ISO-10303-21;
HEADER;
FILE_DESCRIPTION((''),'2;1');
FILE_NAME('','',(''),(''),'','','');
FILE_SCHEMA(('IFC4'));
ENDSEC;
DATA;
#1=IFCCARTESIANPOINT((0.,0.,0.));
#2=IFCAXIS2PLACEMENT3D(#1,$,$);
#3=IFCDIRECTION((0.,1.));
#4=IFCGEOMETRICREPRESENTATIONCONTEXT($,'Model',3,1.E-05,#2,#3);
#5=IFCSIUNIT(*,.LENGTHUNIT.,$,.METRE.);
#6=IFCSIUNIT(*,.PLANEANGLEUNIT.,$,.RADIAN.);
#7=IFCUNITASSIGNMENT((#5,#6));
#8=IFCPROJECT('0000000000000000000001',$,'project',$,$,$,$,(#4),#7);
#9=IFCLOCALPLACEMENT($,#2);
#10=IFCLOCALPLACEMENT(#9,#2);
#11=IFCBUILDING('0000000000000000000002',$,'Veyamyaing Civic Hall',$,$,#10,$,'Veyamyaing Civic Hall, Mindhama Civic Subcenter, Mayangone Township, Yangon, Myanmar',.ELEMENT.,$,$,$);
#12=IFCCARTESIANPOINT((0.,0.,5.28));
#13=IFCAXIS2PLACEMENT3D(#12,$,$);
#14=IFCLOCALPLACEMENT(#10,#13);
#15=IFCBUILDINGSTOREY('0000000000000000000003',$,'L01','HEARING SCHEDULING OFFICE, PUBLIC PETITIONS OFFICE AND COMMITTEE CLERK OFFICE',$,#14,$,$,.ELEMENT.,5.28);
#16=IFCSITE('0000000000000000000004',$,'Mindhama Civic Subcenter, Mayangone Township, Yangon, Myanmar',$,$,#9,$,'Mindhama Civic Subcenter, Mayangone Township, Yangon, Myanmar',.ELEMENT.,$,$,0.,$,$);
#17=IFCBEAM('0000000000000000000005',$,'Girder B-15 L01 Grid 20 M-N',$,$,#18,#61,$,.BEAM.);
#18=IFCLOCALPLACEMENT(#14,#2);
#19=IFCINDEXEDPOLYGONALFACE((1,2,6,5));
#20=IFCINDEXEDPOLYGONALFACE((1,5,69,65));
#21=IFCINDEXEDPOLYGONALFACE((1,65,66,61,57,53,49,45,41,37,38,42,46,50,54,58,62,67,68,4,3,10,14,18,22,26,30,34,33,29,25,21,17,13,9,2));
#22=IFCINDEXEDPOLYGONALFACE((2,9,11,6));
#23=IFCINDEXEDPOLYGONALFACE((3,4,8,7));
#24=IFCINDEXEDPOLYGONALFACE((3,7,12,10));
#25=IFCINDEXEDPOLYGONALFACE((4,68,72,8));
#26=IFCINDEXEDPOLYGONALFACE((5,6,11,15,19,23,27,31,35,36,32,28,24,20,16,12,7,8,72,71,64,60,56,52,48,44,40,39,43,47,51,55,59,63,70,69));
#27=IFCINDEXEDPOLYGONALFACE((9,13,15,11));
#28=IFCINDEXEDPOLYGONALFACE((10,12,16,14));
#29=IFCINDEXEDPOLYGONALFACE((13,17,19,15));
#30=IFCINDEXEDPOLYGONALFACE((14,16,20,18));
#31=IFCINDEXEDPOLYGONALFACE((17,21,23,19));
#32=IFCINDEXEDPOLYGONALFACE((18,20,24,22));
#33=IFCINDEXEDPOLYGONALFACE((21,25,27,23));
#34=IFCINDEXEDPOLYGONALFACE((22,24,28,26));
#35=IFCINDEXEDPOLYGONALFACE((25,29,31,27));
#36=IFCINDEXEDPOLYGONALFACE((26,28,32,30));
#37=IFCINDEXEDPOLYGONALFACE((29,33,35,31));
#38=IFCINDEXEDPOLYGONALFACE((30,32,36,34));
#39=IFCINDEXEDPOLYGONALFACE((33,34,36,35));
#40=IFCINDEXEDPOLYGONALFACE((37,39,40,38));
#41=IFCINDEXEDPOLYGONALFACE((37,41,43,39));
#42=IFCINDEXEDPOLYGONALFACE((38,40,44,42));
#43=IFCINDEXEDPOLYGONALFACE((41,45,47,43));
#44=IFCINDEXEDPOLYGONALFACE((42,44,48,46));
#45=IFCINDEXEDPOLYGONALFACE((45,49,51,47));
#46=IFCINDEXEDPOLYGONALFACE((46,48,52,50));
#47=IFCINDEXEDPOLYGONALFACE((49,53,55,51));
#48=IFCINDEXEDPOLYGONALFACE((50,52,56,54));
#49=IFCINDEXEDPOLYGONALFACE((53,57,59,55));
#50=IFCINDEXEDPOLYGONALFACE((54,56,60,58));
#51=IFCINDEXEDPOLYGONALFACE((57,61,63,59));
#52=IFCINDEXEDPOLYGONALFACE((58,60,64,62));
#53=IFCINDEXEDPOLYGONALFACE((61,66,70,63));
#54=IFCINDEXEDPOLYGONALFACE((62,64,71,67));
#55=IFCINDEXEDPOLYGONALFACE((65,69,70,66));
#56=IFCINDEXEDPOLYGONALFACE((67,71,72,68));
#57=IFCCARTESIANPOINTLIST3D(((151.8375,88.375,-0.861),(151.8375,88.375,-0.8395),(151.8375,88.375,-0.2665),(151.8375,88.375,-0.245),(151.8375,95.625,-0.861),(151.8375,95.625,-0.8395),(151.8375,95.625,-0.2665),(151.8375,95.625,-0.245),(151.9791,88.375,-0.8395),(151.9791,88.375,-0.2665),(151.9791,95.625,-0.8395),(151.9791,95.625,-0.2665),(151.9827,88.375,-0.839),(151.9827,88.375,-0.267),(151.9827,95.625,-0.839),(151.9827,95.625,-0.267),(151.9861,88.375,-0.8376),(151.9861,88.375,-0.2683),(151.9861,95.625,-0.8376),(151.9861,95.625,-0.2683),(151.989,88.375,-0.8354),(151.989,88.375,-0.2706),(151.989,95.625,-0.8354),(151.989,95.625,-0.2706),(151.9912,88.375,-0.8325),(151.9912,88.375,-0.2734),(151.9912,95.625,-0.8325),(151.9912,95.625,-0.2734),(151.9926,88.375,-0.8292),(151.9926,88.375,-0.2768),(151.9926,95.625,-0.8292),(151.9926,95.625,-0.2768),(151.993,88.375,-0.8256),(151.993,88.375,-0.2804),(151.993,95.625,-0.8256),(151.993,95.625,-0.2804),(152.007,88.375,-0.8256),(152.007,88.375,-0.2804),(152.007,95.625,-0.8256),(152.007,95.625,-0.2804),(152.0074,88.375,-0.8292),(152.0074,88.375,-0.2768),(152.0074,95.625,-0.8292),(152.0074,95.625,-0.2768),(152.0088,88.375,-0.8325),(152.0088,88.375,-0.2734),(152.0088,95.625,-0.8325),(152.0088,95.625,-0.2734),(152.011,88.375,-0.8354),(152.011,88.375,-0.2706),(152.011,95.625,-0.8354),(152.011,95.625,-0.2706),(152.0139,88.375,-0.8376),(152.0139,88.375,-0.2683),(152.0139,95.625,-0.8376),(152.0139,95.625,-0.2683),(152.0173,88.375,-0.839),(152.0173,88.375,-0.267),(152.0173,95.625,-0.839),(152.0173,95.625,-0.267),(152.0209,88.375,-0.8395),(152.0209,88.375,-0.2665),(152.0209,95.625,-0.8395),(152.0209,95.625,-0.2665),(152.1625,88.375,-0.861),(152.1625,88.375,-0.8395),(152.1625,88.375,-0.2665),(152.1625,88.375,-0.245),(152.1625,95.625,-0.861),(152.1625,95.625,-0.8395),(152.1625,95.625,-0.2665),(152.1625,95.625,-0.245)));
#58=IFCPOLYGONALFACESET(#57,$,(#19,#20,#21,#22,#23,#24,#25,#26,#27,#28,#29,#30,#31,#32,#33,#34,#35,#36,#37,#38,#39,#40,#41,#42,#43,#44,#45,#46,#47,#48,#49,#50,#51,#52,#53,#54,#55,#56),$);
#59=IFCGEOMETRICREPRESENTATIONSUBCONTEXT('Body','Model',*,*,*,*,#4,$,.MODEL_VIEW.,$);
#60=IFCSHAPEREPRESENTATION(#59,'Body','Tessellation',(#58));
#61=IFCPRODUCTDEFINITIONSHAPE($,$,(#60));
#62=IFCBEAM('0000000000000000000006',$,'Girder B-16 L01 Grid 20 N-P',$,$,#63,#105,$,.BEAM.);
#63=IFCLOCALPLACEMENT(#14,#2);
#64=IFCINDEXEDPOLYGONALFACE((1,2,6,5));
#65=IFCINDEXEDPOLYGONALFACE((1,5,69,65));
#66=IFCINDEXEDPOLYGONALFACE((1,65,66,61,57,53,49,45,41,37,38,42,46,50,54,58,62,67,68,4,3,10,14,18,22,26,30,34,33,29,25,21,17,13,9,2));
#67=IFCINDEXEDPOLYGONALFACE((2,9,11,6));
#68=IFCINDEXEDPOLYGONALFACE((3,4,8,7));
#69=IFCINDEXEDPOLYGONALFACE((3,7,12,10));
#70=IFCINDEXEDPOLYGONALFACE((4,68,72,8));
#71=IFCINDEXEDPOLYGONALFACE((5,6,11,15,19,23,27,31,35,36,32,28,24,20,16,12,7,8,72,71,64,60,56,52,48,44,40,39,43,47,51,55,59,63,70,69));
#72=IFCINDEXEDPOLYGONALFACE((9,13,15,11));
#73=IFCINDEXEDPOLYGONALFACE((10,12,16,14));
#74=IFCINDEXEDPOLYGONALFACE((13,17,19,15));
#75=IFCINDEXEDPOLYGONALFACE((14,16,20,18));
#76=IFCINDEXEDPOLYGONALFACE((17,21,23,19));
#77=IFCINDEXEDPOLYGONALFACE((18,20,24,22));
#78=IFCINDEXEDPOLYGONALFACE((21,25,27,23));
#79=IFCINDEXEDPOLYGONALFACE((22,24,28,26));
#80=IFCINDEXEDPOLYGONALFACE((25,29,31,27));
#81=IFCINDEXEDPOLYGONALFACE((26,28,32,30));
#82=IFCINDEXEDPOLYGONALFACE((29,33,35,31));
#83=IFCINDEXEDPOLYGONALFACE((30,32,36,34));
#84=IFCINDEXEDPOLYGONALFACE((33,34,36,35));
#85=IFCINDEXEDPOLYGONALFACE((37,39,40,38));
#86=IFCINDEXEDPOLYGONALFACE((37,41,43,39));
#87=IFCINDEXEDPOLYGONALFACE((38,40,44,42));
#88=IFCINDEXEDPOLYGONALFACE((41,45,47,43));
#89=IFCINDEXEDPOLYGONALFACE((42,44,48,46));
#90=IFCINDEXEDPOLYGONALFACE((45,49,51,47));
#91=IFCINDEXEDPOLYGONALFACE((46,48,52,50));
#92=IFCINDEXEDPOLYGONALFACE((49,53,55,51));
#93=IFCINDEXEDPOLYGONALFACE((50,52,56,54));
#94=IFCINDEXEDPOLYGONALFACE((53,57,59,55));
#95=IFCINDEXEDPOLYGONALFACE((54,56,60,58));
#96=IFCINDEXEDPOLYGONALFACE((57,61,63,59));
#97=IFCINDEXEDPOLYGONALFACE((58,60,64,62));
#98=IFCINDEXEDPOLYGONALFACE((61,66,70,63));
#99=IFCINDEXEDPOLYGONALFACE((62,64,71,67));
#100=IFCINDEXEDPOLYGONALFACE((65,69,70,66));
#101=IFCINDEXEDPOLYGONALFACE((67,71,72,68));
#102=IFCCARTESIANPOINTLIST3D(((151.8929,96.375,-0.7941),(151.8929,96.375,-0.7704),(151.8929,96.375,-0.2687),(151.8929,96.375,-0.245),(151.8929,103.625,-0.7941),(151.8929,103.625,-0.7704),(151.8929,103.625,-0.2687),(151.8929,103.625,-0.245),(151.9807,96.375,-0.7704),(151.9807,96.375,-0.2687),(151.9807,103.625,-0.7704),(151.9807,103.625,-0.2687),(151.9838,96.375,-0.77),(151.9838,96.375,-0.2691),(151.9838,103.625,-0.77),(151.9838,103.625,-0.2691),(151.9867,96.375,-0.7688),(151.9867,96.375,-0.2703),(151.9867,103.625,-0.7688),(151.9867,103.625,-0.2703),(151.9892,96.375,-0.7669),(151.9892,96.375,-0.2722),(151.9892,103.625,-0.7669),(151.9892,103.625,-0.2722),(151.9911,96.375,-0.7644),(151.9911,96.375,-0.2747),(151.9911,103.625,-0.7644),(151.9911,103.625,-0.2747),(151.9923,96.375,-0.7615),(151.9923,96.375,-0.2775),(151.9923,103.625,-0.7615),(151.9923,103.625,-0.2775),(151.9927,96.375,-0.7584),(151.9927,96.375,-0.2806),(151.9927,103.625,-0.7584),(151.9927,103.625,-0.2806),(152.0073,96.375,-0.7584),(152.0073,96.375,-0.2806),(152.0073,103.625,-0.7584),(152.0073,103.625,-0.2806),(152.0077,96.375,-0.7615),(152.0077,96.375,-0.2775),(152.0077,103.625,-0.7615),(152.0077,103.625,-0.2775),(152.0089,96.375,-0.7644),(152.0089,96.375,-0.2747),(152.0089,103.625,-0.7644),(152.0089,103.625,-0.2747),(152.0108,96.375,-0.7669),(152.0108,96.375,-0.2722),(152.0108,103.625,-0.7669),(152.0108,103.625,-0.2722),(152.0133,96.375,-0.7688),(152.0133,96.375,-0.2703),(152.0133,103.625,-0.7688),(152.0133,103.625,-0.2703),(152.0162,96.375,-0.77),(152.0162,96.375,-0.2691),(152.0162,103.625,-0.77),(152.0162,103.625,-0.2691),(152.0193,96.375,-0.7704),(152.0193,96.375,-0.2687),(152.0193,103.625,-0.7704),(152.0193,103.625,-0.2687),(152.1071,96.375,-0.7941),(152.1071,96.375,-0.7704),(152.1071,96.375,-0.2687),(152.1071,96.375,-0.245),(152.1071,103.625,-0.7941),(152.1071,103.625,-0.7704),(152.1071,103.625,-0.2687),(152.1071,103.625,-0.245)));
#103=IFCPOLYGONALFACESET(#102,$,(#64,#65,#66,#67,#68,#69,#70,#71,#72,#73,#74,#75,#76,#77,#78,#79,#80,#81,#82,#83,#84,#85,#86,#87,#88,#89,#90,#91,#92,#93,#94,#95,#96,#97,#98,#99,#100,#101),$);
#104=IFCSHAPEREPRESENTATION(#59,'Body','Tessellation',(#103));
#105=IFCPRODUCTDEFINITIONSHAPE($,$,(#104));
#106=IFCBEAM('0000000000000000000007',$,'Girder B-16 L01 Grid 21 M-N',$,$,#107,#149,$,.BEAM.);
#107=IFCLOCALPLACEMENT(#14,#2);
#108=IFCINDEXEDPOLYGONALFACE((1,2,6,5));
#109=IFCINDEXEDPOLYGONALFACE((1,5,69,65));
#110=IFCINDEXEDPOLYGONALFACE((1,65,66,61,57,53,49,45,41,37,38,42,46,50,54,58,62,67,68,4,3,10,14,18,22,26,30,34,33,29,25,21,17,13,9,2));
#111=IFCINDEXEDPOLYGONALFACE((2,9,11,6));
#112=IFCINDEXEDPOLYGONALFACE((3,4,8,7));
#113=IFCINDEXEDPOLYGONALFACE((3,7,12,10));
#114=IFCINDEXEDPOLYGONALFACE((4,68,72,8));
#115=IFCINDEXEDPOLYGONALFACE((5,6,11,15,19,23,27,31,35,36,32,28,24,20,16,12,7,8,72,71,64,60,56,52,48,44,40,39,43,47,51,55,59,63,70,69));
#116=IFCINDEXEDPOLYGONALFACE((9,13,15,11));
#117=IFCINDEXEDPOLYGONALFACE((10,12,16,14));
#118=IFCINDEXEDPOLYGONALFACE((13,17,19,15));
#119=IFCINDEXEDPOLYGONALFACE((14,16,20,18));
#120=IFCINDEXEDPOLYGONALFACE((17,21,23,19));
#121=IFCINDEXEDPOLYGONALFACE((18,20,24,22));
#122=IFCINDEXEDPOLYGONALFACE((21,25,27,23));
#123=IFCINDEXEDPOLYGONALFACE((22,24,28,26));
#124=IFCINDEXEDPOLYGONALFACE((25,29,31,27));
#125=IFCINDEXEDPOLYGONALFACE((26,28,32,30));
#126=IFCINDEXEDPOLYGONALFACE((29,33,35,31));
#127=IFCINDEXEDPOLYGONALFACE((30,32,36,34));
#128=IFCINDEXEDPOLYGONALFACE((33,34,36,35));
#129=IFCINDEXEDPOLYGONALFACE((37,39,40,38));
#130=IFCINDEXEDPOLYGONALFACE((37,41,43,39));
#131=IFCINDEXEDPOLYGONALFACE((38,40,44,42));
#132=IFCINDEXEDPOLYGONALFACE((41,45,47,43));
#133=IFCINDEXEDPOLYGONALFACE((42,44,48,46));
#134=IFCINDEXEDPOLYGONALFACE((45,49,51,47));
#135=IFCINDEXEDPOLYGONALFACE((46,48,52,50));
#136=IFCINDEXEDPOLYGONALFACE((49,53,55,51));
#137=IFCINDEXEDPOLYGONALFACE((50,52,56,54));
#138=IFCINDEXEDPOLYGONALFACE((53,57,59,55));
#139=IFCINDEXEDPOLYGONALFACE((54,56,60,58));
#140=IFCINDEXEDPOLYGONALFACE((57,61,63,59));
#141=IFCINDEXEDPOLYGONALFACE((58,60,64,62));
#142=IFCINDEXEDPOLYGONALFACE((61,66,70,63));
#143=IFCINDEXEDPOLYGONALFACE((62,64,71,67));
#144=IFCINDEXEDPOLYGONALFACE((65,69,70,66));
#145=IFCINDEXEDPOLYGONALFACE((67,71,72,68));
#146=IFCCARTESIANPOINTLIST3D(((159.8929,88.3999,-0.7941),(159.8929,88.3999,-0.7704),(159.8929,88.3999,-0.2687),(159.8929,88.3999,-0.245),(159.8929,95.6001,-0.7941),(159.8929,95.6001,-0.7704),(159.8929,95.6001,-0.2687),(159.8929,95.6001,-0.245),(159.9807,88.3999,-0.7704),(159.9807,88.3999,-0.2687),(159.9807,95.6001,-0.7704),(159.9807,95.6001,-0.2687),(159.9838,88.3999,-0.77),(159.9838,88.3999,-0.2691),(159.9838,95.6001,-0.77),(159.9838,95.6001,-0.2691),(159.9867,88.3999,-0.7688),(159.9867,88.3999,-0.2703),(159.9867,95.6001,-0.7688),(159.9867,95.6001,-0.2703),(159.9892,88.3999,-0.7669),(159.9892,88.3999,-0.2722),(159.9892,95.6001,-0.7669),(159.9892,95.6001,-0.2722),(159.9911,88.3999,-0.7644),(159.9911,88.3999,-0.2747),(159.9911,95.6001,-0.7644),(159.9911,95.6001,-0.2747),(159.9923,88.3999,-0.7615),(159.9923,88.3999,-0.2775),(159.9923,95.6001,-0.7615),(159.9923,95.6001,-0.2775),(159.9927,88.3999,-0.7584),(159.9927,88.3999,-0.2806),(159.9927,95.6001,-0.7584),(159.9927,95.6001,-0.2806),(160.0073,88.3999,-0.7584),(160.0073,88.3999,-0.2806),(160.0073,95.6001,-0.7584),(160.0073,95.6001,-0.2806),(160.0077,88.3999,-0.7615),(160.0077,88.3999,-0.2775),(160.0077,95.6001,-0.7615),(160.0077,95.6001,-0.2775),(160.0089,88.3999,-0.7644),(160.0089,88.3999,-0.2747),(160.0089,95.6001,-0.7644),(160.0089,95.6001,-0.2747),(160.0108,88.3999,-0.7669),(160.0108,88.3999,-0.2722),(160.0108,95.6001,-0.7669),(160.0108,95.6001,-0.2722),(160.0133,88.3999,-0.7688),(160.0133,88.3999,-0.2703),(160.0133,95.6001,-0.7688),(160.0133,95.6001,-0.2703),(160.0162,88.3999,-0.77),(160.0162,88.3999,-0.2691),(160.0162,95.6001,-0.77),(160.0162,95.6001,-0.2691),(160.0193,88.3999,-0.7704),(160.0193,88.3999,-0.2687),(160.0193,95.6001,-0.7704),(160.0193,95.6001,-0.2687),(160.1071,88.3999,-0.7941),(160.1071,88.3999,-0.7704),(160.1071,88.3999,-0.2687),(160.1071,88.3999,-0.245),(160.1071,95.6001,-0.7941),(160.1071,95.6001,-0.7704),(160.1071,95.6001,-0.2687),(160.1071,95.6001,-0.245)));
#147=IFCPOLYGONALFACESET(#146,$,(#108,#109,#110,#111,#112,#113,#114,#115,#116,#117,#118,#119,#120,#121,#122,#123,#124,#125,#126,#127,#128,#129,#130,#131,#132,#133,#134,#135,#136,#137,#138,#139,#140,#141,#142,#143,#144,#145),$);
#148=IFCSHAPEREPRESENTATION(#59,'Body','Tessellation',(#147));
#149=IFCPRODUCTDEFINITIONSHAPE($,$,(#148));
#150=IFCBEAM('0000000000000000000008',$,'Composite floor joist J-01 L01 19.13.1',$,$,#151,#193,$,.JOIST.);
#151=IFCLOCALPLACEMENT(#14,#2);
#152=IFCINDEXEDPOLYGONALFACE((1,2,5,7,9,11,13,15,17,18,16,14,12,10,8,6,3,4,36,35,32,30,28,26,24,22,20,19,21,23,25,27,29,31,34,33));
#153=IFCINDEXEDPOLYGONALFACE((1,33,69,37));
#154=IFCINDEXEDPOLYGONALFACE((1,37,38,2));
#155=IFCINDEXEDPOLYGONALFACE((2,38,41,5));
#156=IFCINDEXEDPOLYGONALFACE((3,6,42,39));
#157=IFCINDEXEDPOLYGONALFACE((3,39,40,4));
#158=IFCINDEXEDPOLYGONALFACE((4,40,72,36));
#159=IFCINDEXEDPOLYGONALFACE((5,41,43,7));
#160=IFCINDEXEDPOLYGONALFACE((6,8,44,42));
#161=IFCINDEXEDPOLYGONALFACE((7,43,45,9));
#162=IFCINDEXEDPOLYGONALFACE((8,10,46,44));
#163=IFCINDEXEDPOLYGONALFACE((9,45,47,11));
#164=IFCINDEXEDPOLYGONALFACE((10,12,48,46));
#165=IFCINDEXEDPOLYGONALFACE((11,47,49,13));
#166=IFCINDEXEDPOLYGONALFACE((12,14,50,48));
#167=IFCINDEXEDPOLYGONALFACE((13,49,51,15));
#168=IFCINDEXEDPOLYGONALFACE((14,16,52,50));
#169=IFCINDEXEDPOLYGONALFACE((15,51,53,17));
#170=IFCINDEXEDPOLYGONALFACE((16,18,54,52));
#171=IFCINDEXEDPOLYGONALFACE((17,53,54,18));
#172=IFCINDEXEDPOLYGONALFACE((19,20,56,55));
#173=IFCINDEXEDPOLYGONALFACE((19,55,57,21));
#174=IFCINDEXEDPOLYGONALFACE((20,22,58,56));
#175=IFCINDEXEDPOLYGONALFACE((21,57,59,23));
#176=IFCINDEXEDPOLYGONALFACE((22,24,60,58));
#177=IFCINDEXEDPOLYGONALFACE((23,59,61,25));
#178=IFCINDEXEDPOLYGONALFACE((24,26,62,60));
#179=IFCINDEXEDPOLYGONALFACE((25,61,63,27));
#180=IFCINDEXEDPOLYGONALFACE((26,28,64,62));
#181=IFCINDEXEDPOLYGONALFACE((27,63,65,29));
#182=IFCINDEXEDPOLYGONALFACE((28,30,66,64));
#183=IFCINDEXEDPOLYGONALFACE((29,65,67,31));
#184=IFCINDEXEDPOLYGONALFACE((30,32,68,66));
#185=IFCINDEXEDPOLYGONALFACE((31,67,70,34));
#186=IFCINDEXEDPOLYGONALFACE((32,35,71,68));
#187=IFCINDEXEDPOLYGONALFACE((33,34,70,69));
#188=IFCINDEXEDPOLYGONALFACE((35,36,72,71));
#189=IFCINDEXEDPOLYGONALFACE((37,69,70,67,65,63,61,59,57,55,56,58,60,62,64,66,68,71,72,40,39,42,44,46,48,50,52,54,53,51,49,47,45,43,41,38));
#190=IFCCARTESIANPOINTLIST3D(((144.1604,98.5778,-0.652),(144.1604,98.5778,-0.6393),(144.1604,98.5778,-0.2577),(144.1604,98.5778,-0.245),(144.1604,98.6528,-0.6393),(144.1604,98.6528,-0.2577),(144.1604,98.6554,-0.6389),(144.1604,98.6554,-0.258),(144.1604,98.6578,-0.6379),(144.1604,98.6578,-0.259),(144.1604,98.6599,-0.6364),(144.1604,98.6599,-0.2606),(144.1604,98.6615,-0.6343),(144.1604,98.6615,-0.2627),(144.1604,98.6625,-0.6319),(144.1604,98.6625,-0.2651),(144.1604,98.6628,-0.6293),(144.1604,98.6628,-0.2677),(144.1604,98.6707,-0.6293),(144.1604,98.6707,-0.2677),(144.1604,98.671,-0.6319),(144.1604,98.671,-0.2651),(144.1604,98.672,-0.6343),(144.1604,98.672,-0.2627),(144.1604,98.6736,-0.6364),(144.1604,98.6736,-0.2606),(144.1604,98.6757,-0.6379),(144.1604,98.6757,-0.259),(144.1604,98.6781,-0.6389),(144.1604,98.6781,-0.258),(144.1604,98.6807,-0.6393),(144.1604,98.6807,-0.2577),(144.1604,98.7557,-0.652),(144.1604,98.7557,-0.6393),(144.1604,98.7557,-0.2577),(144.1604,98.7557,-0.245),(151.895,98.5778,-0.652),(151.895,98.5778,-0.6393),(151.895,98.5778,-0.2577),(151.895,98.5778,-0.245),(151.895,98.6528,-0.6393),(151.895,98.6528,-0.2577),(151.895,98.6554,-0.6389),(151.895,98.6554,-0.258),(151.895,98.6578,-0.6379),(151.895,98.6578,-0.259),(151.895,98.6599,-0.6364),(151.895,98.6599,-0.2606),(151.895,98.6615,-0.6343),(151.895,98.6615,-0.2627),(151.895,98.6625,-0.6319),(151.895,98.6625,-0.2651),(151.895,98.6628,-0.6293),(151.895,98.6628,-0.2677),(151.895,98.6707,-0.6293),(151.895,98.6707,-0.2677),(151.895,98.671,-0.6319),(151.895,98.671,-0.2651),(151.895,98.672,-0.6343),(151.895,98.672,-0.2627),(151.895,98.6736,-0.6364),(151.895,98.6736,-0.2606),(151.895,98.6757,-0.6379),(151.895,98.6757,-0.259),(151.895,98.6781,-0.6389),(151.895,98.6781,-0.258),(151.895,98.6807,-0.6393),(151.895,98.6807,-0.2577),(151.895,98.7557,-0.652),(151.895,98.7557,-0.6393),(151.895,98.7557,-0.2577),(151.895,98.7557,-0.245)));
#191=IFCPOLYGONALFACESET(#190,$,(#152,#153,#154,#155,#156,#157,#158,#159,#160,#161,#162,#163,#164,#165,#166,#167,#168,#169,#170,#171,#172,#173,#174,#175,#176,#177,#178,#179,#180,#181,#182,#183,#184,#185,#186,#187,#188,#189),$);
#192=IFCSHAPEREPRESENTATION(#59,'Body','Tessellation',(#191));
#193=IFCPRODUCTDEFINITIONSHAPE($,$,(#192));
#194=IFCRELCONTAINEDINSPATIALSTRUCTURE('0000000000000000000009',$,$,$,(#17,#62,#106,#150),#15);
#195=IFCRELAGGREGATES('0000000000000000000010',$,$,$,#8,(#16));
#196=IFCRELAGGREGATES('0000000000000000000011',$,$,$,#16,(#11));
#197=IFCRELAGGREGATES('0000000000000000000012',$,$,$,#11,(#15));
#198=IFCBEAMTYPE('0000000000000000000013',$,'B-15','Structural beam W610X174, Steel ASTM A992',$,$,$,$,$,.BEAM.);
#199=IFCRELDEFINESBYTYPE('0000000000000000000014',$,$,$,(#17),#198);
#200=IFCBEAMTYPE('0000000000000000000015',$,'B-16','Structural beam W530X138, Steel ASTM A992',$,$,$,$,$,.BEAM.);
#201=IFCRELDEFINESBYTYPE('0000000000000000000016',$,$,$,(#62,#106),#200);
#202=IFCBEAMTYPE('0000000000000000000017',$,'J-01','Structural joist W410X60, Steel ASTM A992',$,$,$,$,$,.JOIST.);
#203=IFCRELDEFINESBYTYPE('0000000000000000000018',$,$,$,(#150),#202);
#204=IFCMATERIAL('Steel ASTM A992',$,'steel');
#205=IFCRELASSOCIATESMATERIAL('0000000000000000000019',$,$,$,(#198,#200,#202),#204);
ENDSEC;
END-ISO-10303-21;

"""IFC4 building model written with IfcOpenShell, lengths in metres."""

from ifc_helpers import new_model, si_unit, direction, frame, origin, origin_2d, place, context, subcontext, project, spatial, i_section, extrude, material, material_profile, profile_set, type_object, element, save


model = new_model("IFC4")

# Units and contexts
model_context = context("Model", 3, precision=1e-05, world=origin(), true_north=direction((0.0, 1.0)))
body_context = subcontext(model_context, "Body", "Model", "MODEL_VIEW")
ifc_project = project(units=[si_unit("LENGTHUNIT", "METRE"), si_unit("PLANEANGLEUNIT", "RADIAN")], contexts=[model_context])

# Site, building, storey
site_placement = place(None, origin())
site = spatial("IfcSite", under=ifc_project, at=site_placement, Name="Mindhama Civic Subcenter, Mayangone Township, Yangon, Myanmar", LongName="Mindhama Civic Subcenter, Mayangone Township, Yangon, Myanmar", CompositionType="ELEMENT", RefElevation=0.0)
building_placement = place(site_placement, origin())
building = spatial("IfcBuilding", under=site, at=building_placement, Name="Veyamyaing Civic Hall", LongName="Veyamyaing Civic Hall, Mindhama Civic Subcenter, Mayangone Township, Yangon, Myanmar", CompositionType="ELEMENT")
storey_placement = place(building_placement, frame((0.0, 0.0, 5.28)))
storey = spatial("IfcBuildingStorey", under=building, at=storey_placement, Name="L01", Description="HEARING SCHEDULING OFFICE, PUBLIC PETITIONS OFFICE AND COMMITTEE CLERK OFFICE", CompositionType="ELEMENT", Elevation=5.28)

# Beams
ifc_material_1 = material(Name="Steel ASTM A992", Category="steel")
ifc_material_profile_1 = material_profile(ifc_material_1, i_section(OverallWidth=0.325, OverallDepth=0.616, WebThickness=0.0139, FlangeThickness=0.0215, FilletRadius=0.0139, at=origin_2d()), Name="W610X174")
ifc_profile_set_1 = profile_set([ifc_material_profile_1], Name="Steel ASTM A992")
beam_type_1 = type_object("IfcBeamType", Name="B-15", Description="Structural beam W610X174, Steel ASTM A992", PredefinedType="BEAM", material=ifc_profile_set_1)
beam_1_placement = place(storey_placement, frame((152.0, 88.375, -0.553), z_axis=(0.0, 1.0, 0.0), x_axis=(-1.0, 0.0, 0.0)))
element("IfcBeam", 1, at=beam_1_placement, inside=storey, type_object=beam_type_1, Name="Girder B-15 L01 Grid 20 M-N", PredefinedType="BEAM", context=body_context, shape_type="SweptSolid", body=[
    extrude(i_section(OverallWidth=0.325, OverallDepth=0.616, WebThickness=0.0139, FlangeThickness=0.0215, FilletRadius=0.0139, at=origin_2d()), origin(), (0.0, 0.0, 1.0), 7.25),
])
ifc_material_profile_2 = material_profile(ifc_material_1, i_section(OverallWidth=0.2141, OverallDepth=0.5491, WebThickness=0.0146, FlangeThickness=0.0237, FilletRadius=0.012, at=origin_2d()), Name="W530X138")
ifc_profile_set_2 = profile_set([ifc_material_profile_2], Name="Steel ASTM A992")
beam_type_2 = type_object("IfcBeamType", Name="B-16", Description="Structural beam W530X138, Steel ASTM A992", PredefinedType="BEAM", material=ifc_profile_set_2)
beam_2_placement = place(storey_placement, frame((152.0, 96.375, -0.5195), z_axis=(0.0, 1.0, 0.0), x_axis=(-1.0, 0.0, 0.0)))
element("IfcBeam", 2, at=beam_2_placement, inside=storey, type_object=beam_type_2, Name="Girder B-16 L01 Grid 20 N-P", PredefinedType="BEAM", context=body_context, shape_type="SweptSolid", body=[
    extrude(i_section(OverallWidth=0.2141, OverallDepth=0.5491, WebThickness=0.0146, FlangeThickness=0.0237, FilletRadius=0.012, at=origin_2d()), origin(), (0.0, 0.0, 1.0), 7.25),
])
beam_3_placement = place(storey_placement, frame((160.0, 88.3999, -0.5195), z_axis=(0.0, 1.0, 0.0), x_axis=(-1.0, 0.0, 0.0)))
element("IfcBeam", 3, at=beam_3_placement, inside=storey, type_object=beam_type_2, Name="Girder B-16 L01 Grid 21 M-N", PredefinedType="BEAM", context=body_context, shape_type="SweptSolid", body=[
    extrude(i_section(OverallWidth=0.2141, OverallDepth=0.5491, WebThickness=0.0146, FlangeThickness=0.0237, FilletRadius=0.012, at=origin_2d()), origin(), (0.0, 0.0, 1.0), 7.2002),
])
ifc_material_profile_3 = material_profile(ifc_material_1, i_section(OverallWidth=0.178, OverallDepth=0.407, WebThickness=0.0078, FlangeThickness=0.0127, FilletRadius=0.01, at=origin_2d()), Name="W410X60")
ifc_profile_set_3 = profile_set([ifc_material_profile_3], Name="Steel ASTM A992")
beam_type_3 = type_object("IfcBeamType", Name="J-01", Description="Structural joist W410X60, Steel ASTM A992", PredefinedType="JOIST", material=ifc_profile_set_3)
for number, where, z_axis, x_axis, name in (
    (4, (144.1604, 98.6667, -0.4485), (1.0, 0.0, 0.0), (0.0, 1.0, 0.0), "Composite floor joist J-01 L01 19.13.1"),
):
    element("IfcBeam", number, at=place(storey_placement, frame(where, z_axis=z_axis, x_axis=x_axis)), inside=storey, type_object=beam_type_3, Name=name, PredefinedType="JOIST", context=body_context, shape_type="SweptSolid", body=[
        extrude(i_section(OverallWidth=0.178, OverallDepth=0.407, WebThickness=0.0078, FlangeThickness=0.0127, FilletRadius=0.01, at=origin_2d()), origin(), (0.0, 0.0, 1.0), 7.7346),
    ])

save(model, "model.ifc")
